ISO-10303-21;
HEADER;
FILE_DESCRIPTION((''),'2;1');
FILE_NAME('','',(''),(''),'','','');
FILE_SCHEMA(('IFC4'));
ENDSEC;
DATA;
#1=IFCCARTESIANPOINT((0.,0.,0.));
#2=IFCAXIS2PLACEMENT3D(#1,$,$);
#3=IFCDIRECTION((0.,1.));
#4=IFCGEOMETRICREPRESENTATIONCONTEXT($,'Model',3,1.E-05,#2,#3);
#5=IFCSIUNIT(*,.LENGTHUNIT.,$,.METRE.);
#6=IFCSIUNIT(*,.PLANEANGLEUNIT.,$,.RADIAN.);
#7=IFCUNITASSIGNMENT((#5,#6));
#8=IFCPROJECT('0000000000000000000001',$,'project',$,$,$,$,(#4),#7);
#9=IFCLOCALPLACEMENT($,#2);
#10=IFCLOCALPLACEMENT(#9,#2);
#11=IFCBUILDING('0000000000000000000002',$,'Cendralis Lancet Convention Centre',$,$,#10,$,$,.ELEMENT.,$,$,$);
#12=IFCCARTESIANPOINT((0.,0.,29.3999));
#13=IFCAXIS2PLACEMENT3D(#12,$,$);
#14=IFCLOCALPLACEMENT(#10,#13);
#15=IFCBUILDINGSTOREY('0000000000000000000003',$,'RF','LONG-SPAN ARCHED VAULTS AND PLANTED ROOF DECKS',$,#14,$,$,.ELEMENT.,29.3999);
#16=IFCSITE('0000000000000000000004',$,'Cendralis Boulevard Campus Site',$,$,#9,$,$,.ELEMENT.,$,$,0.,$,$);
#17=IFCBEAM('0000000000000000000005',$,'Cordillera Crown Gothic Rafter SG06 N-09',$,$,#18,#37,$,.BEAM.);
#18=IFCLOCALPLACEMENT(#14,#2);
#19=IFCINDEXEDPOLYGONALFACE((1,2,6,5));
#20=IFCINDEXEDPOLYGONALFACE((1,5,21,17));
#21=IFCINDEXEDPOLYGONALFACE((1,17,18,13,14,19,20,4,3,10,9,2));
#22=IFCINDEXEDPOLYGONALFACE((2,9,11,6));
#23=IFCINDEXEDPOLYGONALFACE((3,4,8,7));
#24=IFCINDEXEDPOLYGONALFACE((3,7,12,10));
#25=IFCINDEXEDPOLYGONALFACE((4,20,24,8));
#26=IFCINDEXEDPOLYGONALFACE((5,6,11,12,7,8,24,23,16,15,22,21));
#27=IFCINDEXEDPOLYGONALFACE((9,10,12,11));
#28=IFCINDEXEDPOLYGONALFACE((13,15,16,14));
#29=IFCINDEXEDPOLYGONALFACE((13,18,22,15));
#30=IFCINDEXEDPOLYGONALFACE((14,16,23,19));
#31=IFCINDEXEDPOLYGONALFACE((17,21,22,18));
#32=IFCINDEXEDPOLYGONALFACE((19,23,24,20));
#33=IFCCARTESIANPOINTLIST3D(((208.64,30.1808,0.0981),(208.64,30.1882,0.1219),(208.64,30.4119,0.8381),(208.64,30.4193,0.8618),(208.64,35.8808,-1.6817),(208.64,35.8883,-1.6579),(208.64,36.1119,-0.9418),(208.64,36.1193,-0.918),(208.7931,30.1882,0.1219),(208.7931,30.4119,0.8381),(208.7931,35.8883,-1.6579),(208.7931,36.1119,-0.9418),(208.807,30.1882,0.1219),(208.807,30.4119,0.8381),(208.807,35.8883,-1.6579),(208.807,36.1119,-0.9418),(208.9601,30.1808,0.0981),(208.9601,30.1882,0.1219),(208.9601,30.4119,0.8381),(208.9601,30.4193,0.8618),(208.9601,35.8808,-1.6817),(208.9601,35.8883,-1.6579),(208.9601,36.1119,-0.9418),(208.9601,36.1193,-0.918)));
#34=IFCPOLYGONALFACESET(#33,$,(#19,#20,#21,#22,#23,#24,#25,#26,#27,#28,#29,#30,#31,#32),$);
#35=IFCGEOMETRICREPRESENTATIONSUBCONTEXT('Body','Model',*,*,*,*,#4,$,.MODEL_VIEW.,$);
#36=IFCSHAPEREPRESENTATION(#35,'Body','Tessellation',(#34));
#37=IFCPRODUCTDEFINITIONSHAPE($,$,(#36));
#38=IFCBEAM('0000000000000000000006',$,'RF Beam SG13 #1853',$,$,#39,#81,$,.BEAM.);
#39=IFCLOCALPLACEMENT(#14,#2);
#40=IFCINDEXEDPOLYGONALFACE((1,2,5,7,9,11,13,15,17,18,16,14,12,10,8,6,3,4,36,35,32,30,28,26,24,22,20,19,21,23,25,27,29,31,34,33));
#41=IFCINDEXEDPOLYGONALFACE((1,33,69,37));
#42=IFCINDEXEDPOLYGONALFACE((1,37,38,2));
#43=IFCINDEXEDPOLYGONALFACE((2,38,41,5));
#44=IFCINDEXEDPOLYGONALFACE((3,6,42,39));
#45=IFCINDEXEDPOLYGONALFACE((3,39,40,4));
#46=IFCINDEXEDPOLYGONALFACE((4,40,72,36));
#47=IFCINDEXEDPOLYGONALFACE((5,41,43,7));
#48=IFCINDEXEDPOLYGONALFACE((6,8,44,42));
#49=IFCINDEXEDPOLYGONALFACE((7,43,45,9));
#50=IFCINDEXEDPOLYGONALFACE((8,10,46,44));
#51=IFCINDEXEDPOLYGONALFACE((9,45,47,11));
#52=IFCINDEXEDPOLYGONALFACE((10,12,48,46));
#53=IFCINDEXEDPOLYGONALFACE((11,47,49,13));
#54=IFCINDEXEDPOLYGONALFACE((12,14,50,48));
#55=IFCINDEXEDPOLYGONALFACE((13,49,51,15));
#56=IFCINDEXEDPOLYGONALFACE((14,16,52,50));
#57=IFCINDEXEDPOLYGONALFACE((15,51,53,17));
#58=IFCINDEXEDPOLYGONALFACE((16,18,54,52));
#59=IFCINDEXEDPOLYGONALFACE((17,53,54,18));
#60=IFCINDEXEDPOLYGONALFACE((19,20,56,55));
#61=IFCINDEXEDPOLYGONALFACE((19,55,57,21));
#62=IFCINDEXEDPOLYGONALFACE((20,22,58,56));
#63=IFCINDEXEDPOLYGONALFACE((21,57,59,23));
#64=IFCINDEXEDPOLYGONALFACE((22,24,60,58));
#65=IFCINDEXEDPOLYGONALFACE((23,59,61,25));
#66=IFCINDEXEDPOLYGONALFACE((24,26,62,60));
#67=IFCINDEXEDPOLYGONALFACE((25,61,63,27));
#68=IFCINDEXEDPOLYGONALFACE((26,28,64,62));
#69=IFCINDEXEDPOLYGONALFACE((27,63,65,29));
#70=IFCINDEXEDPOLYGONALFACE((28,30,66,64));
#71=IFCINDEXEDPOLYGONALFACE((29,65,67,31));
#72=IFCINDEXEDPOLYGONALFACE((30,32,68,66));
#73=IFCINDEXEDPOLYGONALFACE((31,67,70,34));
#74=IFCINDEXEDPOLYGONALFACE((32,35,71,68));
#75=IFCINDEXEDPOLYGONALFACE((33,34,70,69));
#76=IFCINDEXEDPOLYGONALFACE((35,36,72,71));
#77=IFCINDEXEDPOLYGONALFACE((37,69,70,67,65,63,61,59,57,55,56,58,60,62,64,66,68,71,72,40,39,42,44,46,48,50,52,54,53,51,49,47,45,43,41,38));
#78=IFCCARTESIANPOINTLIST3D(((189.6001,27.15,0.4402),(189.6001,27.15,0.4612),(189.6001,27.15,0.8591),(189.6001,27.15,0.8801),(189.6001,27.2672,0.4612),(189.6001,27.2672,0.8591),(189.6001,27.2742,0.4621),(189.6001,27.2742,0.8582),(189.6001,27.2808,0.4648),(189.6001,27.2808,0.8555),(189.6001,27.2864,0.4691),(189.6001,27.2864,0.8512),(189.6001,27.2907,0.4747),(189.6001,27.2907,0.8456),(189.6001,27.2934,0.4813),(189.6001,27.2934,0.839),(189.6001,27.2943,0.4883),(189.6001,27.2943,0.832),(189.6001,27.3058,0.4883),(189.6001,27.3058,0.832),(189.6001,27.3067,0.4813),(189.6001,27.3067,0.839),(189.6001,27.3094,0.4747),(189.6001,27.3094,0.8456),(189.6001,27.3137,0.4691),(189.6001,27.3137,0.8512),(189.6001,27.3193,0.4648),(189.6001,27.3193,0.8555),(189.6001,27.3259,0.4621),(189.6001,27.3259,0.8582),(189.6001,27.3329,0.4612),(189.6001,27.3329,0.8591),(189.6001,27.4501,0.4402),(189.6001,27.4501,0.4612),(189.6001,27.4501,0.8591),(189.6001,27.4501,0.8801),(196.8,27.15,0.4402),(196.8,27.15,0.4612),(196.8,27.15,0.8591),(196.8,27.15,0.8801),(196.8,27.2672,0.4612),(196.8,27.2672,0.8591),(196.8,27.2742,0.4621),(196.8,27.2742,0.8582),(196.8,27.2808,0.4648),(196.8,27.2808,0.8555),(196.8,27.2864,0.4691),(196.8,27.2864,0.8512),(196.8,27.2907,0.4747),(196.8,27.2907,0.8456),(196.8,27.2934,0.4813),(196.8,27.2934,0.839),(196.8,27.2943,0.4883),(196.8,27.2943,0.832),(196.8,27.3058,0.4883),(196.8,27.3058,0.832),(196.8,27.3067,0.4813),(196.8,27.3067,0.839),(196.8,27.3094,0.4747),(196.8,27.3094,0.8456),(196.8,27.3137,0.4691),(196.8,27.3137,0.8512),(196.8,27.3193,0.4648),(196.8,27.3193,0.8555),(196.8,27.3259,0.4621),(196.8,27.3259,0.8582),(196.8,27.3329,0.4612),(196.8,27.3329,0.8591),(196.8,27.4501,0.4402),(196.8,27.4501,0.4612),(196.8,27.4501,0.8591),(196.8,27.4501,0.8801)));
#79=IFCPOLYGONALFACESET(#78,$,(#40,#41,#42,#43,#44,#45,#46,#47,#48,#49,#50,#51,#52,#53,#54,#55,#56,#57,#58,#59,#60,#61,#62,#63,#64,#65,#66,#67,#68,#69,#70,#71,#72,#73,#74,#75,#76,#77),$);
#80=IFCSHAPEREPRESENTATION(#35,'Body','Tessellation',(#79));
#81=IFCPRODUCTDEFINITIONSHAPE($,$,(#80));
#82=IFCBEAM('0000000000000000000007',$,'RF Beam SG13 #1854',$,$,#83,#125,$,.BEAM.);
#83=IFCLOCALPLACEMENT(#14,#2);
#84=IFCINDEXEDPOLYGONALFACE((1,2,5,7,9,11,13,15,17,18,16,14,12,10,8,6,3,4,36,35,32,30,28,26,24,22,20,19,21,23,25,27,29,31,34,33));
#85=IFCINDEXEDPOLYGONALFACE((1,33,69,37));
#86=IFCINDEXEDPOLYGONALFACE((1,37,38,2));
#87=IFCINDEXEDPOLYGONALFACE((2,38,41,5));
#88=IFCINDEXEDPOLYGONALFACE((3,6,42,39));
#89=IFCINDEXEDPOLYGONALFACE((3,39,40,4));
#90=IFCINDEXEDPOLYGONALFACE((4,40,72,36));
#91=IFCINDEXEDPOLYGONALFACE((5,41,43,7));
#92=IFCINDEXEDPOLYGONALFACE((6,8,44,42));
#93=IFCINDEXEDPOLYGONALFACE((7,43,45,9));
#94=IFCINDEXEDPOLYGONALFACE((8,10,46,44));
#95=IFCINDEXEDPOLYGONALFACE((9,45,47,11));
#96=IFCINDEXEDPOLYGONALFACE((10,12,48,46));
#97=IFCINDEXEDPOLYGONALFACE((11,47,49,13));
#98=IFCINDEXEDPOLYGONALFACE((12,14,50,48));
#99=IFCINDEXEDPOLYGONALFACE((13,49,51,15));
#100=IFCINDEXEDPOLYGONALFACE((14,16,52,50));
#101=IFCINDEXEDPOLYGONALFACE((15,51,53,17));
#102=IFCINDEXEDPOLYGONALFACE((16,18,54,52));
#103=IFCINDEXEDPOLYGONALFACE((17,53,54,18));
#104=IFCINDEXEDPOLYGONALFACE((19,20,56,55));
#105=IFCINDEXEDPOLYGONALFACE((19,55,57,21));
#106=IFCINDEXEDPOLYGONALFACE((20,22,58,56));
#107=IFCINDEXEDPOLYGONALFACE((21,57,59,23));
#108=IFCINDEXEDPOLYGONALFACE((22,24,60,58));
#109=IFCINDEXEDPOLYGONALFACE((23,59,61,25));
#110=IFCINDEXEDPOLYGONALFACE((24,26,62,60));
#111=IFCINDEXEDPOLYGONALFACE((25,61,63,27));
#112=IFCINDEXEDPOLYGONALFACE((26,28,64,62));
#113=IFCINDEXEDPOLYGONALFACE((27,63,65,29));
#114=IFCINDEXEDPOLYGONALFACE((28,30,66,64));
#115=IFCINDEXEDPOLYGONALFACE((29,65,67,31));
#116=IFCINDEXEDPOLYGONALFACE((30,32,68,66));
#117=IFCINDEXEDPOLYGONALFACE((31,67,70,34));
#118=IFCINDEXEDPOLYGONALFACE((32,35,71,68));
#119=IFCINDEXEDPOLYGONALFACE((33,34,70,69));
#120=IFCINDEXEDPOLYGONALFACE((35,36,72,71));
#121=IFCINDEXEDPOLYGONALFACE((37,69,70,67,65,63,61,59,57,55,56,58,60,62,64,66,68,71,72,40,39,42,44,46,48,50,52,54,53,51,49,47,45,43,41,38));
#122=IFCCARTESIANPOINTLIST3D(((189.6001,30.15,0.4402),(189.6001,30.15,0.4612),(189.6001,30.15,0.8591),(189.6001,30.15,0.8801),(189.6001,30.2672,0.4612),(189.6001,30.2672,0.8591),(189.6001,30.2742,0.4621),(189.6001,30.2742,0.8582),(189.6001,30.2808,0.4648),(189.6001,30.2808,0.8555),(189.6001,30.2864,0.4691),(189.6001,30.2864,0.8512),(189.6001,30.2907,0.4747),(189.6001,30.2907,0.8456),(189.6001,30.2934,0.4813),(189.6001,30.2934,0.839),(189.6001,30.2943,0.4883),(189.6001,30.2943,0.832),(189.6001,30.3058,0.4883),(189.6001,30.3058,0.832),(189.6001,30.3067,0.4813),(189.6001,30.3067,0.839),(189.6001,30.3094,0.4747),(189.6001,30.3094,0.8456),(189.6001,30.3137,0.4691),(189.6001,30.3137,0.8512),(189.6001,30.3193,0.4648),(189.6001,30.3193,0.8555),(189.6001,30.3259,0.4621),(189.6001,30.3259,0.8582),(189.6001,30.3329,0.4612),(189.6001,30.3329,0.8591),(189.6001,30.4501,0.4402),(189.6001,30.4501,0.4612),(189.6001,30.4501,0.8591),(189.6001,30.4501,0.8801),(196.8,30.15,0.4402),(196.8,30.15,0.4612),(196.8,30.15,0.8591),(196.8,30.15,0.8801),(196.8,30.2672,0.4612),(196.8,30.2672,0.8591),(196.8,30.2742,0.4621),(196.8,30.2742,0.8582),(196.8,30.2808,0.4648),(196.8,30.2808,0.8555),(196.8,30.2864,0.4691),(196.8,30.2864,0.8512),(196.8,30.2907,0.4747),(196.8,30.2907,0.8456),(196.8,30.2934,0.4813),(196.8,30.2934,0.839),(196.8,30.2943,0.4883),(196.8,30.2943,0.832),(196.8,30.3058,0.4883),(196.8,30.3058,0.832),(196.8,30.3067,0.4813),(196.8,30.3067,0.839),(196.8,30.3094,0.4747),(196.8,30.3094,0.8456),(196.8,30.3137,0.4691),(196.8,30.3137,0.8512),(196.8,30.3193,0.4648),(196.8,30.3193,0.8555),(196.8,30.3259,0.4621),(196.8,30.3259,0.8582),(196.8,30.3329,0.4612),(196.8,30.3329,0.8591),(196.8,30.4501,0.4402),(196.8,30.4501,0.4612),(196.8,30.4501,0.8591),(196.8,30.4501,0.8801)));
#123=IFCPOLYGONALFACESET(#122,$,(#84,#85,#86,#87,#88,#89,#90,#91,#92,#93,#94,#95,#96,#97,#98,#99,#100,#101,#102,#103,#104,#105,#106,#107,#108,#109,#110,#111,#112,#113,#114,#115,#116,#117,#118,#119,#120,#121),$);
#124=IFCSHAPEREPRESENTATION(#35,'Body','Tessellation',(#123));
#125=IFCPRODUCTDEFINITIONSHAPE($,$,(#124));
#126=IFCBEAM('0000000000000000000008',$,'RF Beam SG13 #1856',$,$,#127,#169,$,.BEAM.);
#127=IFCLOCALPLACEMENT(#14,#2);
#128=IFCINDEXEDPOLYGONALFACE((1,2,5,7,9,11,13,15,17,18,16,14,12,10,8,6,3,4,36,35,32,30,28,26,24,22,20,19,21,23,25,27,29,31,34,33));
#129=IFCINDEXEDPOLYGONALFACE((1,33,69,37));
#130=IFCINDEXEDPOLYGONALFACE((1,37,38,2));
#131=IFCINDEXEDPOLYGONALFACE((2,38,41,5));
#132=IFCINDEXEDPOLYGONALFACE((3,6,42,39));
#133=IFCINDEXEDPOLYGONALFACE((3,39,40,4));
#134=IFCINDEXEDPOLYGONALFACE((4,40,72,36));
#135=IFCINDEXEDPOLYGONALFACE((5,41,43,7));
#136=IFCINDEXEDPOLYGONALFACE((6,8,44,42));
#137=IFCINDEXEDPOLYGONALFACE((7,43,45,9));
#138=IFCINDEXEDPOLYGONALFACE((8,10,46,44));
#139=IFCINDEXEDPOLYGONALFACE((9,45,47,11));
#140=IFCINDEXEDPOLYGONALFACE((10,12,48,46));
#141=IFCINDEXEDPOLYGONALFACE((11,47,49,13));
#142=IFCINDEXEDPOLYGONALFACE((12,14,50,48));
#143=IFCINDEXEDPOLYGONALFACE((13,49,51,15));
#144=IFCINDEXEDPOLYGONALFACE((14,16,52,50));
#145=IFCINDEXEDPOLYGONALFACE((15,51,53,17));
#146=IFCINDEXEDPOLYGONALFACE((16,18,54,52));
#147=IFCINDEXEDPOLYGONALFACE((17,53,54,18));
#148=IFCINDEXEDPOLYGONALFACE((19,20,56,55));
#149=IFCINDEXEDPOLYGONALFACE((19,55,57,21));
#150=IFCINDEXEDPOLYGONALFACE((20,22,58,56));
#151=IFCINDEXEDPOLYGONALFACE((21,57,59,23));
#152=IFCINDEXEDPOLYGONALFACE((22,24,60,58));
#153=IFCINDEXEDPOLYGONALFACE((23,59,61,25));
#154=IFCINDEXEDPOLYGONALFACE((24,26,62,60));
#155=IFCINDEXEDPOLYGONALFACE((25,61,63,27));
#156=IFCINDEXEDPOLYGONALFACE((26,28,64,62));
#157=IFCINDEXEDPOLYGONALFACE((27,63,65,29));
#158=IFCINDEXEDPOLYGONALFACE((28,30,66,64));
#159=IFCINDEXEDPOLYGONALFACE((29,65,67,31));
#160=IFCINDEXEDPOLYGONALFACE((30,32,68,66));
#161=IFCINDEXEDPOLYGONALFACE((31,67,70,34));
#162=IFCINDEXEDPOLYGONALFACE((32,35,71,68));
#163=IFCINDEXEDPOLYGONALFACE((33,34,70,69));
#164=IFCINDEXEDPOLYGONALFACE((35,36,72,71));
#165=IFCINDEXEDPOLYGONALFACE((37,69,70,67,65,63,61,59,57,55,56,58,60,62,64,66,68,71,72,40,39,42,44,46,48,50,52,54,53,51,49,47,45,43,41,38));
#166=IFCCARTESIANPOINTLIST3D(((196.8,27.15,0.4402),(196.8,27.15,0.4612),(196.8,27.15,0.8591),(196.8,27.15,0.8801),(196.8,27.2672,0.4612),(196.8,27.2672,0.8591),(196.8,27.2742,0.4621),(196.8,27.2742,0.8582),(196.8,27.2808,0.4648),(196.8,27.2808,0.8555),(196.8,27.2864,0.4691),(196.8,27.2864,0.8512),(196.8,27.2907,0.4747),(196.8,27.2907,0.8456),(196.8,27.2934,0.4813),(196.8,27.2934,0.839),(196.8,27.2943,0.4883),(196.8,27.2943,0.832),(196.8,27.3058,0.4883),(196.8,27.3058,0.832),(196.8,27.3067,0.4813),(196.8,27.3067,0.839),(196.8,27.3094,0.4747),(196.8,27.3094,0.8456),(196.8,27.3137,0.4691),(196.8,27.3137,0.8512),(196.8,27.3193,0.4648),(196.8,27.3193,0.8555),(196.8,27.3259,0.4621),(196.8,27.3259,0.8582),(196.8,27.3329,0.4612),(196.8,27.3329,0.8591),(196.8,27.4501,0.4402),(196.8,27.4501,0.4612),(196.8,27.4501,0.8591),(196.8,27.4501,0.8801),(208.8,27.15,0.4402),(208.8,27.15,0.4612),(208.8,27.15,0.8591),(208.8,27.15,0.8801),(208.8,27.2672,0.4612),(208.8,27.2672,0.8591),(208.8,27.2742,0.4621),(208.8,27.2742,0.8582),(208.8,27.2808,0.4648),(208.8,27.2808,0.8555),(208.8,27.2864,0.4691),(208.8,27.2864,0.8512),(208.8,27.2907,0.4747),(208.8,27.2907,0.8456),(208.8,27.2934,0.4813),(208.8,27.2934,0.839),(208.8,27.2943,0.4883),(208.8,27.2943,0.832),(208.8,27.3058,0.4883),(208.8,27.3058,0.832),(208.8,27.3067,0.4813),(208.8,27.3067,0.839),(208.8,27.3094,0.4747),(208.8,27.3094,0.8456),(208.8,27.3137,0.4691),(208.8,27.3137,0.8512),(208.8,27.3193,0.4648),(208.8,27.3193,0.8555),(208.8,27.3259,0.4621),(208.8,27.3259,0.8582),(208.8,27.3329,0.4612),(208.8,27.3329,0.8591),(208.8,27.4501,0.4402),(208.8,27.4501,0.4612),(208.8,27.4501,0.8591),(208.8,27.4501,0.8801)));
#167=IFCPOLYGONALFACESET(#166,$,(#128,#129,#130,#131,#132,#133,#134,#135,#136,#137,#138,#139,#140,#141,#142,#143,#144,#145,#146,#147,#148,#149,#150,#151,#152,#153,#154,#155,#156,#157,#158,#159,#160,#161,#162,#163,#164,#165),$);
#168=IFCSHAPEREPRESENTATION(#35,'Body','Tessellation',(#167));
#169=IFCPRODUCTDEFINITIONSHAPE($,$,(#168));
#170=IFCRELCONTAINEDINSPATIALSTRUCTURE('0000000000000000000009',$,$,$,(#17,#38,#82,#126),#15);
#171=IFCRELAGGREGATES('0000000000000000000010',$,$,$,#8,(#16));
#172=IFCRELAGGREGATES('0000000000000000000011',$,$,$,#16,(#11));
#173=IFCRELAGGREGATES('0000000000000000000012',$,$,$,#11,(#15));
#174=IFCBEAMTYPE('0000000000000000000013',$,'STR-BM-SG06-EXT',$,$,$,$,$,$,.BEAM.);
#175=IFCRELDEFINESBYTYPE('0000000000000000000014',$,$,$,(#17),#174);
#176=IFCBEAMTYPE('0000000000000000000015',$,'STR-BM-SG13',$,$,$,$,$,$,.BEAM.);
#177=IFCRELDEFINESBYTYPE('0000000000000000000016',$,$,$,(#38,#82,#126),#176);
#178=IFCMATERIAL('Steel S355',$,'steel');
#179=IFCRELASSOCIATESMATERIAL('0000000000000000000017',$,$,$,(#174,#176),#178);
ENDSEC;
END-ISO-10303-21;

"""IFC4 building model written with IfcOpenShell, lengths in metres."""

from ifc_helpers import new_model, si_unit, direction, frame, origin, origin_2d, place, context, subcontext, project, spatial, i_section, extrude, material, material_profile, profile_set, type_object, element, save


model = new_model("IFC4")

# Units and contexts
model_context = context("Model", 3, precision=1e-05, world=origin(), true_north=direction((0.0, 1.0)))
body_context = subcontext(model_context, "Body", "Model", "MODEL_VIEW")
ifc_project = project(units=[si_unit("LENGTHUNIT", "METRE"), si_unit("PLANEANGLEUNIT", "RADIAN")], contexts=[model_context])

# Site, building, storey
site_placement = place(None, origin())
site = spatial("IfcSite", under=ifc_project, at=site_placement, Name="Cendralis Boulevard Campus Site", CompositionType="ELEMENT", RefElevation=0.0)
building_placement = place(site_placement, origin())
building = spatial("IfcBuilding", under=site, at=building_placement, Name="Cendralis Lancet Convention Centre", CompositionType="ELEMENT")
storey_placement = place(building_placement, frame((0.0, 0.0, 29.3999)))
storey = spatial("IfcBuildingStorey", under=building, at=storey_placement, Name="RF", Description="LONG-SPAN ARCHED VAULTS AND PLANTED ROOF DECKS", CompositionType="ELEMENT", Elevation=29.3999)

# Beams
ifc_material_1 = material(Name="Steel S355", Category="steel")
ifc_material_profile_1 = material_profile(ifc_material_1, i_section(OverallWidth=0.3201, OverallDepth=0.8, WebThickness=0.0139, FlangeThickness=0.0249, at=origin_2d()), Name="PG 800x320")
ifc_profile_set_1 = profile_set([ifc_material_profile_1], Name="Steel S355")
beam_type_1 = type_object("IfcBeamType", Name="STR-BM-SG06-EXT", PredefinedType="BEAM", material=ifc_profile_set_1)
for number, where, z_axis, x_axis, name in (
    (1, (208.8, 30.3, 0.48), (0.0, 0.954549, -0.298054), (-1.0, 0.0, 0.0), "Cordillera Crown Gothic Rafter SG06 N-09"),
):
    element("IfcBeam", number, at=place(storey_placement, frame(where, z_axis=z_axis, x_axis=x_axis)), inside=storey, type_object=beam_type_1, Name=name, PredefinedType="BEAM", context=body_context, shape_type="SweptSolid", body=[
        extrude(i_section(OverallWidth=0.3201, OverallDepth=0.8, WebThickness=0.0139, FlangeThickness=0.0249, at=origin_2d()), origin(), (0.0, 0.0, 1.0), 5.9714),
    ])
ifc_material_profile_2 = material_profile(ifc_material_1, i_section(OverallWidth=0.3, OverallDepth=0.4399, WebThickness=0.0115, FlangeThickness=0.021, FilletRadius=0.0271, at=origin_2d()), Name="HEA 450")
ifc_profile_set_2 = profile_set([ifc_material_profile_2], Name="Steel S355")
beam_type_2 = type_object("IfcBeamType", Name="STR-BM-SG13", PredefinedType="BEAM", material=ifc_profile_set_2)
for number, where, z_axis, x_axis, name in (
    (2, (189.6001, 27.3, 0.6602), (1.0, 0.0, 0.0), (0.0, 1.0, 0.0), "RF Beam SG13 #1853"),
    (3, (189.6001, 30.3, 0.6602), (1.0, 0.0, 0.0), (0.0, 1.0, 0.0), "RF Beam SG13 #1854"),
):
    element("IfcBeam", number, at=place(storey_placement, frame(where, z_axis=z_axis, x_axis=x_axis)), inside=storey, type_object=beam_type_2, Name=name, PredefinedType="BEAM", context=body_context, shape_type="SweptSolid", body=[
        extrude(i_section(OverallWidth=0.3, OverallDepth=0.4399, WebThickness=0.0115, FlangeThickness=0.021, FilletRadius=0.0271, at=origin_2d()), origin(), (0.0, 0.0, 1.0), 7.2),
    ])
for number, where, z_axis, x_axis, name in (
    (4, (196.8, 27.3, 0.6602), (1.0, 0.0, 0.0), (0.0, 1.0, 0.0), "RF Beam SG13 #1856"),
):
    element("IfcBeam", number, at=place(storey_placement, frame(where, z_axis=z_axis, x_axis=x_axis)), inside=storey, type_object=beam_type_2, Name=name, PredefinedType="BEAM", context=body_context, shape_type="SweptSolid", body=[
        extrude(i_section(OverallWidth=0.3, OverallDepth=0.4399, WebThickness=0.0115, FlangeThickness=0.021, FilletRadius=0.0271, at=origin_2d()), origin(), (0.0, 0.0, 1.0), 12.0),
    ])

save(model, "model.ifc")
